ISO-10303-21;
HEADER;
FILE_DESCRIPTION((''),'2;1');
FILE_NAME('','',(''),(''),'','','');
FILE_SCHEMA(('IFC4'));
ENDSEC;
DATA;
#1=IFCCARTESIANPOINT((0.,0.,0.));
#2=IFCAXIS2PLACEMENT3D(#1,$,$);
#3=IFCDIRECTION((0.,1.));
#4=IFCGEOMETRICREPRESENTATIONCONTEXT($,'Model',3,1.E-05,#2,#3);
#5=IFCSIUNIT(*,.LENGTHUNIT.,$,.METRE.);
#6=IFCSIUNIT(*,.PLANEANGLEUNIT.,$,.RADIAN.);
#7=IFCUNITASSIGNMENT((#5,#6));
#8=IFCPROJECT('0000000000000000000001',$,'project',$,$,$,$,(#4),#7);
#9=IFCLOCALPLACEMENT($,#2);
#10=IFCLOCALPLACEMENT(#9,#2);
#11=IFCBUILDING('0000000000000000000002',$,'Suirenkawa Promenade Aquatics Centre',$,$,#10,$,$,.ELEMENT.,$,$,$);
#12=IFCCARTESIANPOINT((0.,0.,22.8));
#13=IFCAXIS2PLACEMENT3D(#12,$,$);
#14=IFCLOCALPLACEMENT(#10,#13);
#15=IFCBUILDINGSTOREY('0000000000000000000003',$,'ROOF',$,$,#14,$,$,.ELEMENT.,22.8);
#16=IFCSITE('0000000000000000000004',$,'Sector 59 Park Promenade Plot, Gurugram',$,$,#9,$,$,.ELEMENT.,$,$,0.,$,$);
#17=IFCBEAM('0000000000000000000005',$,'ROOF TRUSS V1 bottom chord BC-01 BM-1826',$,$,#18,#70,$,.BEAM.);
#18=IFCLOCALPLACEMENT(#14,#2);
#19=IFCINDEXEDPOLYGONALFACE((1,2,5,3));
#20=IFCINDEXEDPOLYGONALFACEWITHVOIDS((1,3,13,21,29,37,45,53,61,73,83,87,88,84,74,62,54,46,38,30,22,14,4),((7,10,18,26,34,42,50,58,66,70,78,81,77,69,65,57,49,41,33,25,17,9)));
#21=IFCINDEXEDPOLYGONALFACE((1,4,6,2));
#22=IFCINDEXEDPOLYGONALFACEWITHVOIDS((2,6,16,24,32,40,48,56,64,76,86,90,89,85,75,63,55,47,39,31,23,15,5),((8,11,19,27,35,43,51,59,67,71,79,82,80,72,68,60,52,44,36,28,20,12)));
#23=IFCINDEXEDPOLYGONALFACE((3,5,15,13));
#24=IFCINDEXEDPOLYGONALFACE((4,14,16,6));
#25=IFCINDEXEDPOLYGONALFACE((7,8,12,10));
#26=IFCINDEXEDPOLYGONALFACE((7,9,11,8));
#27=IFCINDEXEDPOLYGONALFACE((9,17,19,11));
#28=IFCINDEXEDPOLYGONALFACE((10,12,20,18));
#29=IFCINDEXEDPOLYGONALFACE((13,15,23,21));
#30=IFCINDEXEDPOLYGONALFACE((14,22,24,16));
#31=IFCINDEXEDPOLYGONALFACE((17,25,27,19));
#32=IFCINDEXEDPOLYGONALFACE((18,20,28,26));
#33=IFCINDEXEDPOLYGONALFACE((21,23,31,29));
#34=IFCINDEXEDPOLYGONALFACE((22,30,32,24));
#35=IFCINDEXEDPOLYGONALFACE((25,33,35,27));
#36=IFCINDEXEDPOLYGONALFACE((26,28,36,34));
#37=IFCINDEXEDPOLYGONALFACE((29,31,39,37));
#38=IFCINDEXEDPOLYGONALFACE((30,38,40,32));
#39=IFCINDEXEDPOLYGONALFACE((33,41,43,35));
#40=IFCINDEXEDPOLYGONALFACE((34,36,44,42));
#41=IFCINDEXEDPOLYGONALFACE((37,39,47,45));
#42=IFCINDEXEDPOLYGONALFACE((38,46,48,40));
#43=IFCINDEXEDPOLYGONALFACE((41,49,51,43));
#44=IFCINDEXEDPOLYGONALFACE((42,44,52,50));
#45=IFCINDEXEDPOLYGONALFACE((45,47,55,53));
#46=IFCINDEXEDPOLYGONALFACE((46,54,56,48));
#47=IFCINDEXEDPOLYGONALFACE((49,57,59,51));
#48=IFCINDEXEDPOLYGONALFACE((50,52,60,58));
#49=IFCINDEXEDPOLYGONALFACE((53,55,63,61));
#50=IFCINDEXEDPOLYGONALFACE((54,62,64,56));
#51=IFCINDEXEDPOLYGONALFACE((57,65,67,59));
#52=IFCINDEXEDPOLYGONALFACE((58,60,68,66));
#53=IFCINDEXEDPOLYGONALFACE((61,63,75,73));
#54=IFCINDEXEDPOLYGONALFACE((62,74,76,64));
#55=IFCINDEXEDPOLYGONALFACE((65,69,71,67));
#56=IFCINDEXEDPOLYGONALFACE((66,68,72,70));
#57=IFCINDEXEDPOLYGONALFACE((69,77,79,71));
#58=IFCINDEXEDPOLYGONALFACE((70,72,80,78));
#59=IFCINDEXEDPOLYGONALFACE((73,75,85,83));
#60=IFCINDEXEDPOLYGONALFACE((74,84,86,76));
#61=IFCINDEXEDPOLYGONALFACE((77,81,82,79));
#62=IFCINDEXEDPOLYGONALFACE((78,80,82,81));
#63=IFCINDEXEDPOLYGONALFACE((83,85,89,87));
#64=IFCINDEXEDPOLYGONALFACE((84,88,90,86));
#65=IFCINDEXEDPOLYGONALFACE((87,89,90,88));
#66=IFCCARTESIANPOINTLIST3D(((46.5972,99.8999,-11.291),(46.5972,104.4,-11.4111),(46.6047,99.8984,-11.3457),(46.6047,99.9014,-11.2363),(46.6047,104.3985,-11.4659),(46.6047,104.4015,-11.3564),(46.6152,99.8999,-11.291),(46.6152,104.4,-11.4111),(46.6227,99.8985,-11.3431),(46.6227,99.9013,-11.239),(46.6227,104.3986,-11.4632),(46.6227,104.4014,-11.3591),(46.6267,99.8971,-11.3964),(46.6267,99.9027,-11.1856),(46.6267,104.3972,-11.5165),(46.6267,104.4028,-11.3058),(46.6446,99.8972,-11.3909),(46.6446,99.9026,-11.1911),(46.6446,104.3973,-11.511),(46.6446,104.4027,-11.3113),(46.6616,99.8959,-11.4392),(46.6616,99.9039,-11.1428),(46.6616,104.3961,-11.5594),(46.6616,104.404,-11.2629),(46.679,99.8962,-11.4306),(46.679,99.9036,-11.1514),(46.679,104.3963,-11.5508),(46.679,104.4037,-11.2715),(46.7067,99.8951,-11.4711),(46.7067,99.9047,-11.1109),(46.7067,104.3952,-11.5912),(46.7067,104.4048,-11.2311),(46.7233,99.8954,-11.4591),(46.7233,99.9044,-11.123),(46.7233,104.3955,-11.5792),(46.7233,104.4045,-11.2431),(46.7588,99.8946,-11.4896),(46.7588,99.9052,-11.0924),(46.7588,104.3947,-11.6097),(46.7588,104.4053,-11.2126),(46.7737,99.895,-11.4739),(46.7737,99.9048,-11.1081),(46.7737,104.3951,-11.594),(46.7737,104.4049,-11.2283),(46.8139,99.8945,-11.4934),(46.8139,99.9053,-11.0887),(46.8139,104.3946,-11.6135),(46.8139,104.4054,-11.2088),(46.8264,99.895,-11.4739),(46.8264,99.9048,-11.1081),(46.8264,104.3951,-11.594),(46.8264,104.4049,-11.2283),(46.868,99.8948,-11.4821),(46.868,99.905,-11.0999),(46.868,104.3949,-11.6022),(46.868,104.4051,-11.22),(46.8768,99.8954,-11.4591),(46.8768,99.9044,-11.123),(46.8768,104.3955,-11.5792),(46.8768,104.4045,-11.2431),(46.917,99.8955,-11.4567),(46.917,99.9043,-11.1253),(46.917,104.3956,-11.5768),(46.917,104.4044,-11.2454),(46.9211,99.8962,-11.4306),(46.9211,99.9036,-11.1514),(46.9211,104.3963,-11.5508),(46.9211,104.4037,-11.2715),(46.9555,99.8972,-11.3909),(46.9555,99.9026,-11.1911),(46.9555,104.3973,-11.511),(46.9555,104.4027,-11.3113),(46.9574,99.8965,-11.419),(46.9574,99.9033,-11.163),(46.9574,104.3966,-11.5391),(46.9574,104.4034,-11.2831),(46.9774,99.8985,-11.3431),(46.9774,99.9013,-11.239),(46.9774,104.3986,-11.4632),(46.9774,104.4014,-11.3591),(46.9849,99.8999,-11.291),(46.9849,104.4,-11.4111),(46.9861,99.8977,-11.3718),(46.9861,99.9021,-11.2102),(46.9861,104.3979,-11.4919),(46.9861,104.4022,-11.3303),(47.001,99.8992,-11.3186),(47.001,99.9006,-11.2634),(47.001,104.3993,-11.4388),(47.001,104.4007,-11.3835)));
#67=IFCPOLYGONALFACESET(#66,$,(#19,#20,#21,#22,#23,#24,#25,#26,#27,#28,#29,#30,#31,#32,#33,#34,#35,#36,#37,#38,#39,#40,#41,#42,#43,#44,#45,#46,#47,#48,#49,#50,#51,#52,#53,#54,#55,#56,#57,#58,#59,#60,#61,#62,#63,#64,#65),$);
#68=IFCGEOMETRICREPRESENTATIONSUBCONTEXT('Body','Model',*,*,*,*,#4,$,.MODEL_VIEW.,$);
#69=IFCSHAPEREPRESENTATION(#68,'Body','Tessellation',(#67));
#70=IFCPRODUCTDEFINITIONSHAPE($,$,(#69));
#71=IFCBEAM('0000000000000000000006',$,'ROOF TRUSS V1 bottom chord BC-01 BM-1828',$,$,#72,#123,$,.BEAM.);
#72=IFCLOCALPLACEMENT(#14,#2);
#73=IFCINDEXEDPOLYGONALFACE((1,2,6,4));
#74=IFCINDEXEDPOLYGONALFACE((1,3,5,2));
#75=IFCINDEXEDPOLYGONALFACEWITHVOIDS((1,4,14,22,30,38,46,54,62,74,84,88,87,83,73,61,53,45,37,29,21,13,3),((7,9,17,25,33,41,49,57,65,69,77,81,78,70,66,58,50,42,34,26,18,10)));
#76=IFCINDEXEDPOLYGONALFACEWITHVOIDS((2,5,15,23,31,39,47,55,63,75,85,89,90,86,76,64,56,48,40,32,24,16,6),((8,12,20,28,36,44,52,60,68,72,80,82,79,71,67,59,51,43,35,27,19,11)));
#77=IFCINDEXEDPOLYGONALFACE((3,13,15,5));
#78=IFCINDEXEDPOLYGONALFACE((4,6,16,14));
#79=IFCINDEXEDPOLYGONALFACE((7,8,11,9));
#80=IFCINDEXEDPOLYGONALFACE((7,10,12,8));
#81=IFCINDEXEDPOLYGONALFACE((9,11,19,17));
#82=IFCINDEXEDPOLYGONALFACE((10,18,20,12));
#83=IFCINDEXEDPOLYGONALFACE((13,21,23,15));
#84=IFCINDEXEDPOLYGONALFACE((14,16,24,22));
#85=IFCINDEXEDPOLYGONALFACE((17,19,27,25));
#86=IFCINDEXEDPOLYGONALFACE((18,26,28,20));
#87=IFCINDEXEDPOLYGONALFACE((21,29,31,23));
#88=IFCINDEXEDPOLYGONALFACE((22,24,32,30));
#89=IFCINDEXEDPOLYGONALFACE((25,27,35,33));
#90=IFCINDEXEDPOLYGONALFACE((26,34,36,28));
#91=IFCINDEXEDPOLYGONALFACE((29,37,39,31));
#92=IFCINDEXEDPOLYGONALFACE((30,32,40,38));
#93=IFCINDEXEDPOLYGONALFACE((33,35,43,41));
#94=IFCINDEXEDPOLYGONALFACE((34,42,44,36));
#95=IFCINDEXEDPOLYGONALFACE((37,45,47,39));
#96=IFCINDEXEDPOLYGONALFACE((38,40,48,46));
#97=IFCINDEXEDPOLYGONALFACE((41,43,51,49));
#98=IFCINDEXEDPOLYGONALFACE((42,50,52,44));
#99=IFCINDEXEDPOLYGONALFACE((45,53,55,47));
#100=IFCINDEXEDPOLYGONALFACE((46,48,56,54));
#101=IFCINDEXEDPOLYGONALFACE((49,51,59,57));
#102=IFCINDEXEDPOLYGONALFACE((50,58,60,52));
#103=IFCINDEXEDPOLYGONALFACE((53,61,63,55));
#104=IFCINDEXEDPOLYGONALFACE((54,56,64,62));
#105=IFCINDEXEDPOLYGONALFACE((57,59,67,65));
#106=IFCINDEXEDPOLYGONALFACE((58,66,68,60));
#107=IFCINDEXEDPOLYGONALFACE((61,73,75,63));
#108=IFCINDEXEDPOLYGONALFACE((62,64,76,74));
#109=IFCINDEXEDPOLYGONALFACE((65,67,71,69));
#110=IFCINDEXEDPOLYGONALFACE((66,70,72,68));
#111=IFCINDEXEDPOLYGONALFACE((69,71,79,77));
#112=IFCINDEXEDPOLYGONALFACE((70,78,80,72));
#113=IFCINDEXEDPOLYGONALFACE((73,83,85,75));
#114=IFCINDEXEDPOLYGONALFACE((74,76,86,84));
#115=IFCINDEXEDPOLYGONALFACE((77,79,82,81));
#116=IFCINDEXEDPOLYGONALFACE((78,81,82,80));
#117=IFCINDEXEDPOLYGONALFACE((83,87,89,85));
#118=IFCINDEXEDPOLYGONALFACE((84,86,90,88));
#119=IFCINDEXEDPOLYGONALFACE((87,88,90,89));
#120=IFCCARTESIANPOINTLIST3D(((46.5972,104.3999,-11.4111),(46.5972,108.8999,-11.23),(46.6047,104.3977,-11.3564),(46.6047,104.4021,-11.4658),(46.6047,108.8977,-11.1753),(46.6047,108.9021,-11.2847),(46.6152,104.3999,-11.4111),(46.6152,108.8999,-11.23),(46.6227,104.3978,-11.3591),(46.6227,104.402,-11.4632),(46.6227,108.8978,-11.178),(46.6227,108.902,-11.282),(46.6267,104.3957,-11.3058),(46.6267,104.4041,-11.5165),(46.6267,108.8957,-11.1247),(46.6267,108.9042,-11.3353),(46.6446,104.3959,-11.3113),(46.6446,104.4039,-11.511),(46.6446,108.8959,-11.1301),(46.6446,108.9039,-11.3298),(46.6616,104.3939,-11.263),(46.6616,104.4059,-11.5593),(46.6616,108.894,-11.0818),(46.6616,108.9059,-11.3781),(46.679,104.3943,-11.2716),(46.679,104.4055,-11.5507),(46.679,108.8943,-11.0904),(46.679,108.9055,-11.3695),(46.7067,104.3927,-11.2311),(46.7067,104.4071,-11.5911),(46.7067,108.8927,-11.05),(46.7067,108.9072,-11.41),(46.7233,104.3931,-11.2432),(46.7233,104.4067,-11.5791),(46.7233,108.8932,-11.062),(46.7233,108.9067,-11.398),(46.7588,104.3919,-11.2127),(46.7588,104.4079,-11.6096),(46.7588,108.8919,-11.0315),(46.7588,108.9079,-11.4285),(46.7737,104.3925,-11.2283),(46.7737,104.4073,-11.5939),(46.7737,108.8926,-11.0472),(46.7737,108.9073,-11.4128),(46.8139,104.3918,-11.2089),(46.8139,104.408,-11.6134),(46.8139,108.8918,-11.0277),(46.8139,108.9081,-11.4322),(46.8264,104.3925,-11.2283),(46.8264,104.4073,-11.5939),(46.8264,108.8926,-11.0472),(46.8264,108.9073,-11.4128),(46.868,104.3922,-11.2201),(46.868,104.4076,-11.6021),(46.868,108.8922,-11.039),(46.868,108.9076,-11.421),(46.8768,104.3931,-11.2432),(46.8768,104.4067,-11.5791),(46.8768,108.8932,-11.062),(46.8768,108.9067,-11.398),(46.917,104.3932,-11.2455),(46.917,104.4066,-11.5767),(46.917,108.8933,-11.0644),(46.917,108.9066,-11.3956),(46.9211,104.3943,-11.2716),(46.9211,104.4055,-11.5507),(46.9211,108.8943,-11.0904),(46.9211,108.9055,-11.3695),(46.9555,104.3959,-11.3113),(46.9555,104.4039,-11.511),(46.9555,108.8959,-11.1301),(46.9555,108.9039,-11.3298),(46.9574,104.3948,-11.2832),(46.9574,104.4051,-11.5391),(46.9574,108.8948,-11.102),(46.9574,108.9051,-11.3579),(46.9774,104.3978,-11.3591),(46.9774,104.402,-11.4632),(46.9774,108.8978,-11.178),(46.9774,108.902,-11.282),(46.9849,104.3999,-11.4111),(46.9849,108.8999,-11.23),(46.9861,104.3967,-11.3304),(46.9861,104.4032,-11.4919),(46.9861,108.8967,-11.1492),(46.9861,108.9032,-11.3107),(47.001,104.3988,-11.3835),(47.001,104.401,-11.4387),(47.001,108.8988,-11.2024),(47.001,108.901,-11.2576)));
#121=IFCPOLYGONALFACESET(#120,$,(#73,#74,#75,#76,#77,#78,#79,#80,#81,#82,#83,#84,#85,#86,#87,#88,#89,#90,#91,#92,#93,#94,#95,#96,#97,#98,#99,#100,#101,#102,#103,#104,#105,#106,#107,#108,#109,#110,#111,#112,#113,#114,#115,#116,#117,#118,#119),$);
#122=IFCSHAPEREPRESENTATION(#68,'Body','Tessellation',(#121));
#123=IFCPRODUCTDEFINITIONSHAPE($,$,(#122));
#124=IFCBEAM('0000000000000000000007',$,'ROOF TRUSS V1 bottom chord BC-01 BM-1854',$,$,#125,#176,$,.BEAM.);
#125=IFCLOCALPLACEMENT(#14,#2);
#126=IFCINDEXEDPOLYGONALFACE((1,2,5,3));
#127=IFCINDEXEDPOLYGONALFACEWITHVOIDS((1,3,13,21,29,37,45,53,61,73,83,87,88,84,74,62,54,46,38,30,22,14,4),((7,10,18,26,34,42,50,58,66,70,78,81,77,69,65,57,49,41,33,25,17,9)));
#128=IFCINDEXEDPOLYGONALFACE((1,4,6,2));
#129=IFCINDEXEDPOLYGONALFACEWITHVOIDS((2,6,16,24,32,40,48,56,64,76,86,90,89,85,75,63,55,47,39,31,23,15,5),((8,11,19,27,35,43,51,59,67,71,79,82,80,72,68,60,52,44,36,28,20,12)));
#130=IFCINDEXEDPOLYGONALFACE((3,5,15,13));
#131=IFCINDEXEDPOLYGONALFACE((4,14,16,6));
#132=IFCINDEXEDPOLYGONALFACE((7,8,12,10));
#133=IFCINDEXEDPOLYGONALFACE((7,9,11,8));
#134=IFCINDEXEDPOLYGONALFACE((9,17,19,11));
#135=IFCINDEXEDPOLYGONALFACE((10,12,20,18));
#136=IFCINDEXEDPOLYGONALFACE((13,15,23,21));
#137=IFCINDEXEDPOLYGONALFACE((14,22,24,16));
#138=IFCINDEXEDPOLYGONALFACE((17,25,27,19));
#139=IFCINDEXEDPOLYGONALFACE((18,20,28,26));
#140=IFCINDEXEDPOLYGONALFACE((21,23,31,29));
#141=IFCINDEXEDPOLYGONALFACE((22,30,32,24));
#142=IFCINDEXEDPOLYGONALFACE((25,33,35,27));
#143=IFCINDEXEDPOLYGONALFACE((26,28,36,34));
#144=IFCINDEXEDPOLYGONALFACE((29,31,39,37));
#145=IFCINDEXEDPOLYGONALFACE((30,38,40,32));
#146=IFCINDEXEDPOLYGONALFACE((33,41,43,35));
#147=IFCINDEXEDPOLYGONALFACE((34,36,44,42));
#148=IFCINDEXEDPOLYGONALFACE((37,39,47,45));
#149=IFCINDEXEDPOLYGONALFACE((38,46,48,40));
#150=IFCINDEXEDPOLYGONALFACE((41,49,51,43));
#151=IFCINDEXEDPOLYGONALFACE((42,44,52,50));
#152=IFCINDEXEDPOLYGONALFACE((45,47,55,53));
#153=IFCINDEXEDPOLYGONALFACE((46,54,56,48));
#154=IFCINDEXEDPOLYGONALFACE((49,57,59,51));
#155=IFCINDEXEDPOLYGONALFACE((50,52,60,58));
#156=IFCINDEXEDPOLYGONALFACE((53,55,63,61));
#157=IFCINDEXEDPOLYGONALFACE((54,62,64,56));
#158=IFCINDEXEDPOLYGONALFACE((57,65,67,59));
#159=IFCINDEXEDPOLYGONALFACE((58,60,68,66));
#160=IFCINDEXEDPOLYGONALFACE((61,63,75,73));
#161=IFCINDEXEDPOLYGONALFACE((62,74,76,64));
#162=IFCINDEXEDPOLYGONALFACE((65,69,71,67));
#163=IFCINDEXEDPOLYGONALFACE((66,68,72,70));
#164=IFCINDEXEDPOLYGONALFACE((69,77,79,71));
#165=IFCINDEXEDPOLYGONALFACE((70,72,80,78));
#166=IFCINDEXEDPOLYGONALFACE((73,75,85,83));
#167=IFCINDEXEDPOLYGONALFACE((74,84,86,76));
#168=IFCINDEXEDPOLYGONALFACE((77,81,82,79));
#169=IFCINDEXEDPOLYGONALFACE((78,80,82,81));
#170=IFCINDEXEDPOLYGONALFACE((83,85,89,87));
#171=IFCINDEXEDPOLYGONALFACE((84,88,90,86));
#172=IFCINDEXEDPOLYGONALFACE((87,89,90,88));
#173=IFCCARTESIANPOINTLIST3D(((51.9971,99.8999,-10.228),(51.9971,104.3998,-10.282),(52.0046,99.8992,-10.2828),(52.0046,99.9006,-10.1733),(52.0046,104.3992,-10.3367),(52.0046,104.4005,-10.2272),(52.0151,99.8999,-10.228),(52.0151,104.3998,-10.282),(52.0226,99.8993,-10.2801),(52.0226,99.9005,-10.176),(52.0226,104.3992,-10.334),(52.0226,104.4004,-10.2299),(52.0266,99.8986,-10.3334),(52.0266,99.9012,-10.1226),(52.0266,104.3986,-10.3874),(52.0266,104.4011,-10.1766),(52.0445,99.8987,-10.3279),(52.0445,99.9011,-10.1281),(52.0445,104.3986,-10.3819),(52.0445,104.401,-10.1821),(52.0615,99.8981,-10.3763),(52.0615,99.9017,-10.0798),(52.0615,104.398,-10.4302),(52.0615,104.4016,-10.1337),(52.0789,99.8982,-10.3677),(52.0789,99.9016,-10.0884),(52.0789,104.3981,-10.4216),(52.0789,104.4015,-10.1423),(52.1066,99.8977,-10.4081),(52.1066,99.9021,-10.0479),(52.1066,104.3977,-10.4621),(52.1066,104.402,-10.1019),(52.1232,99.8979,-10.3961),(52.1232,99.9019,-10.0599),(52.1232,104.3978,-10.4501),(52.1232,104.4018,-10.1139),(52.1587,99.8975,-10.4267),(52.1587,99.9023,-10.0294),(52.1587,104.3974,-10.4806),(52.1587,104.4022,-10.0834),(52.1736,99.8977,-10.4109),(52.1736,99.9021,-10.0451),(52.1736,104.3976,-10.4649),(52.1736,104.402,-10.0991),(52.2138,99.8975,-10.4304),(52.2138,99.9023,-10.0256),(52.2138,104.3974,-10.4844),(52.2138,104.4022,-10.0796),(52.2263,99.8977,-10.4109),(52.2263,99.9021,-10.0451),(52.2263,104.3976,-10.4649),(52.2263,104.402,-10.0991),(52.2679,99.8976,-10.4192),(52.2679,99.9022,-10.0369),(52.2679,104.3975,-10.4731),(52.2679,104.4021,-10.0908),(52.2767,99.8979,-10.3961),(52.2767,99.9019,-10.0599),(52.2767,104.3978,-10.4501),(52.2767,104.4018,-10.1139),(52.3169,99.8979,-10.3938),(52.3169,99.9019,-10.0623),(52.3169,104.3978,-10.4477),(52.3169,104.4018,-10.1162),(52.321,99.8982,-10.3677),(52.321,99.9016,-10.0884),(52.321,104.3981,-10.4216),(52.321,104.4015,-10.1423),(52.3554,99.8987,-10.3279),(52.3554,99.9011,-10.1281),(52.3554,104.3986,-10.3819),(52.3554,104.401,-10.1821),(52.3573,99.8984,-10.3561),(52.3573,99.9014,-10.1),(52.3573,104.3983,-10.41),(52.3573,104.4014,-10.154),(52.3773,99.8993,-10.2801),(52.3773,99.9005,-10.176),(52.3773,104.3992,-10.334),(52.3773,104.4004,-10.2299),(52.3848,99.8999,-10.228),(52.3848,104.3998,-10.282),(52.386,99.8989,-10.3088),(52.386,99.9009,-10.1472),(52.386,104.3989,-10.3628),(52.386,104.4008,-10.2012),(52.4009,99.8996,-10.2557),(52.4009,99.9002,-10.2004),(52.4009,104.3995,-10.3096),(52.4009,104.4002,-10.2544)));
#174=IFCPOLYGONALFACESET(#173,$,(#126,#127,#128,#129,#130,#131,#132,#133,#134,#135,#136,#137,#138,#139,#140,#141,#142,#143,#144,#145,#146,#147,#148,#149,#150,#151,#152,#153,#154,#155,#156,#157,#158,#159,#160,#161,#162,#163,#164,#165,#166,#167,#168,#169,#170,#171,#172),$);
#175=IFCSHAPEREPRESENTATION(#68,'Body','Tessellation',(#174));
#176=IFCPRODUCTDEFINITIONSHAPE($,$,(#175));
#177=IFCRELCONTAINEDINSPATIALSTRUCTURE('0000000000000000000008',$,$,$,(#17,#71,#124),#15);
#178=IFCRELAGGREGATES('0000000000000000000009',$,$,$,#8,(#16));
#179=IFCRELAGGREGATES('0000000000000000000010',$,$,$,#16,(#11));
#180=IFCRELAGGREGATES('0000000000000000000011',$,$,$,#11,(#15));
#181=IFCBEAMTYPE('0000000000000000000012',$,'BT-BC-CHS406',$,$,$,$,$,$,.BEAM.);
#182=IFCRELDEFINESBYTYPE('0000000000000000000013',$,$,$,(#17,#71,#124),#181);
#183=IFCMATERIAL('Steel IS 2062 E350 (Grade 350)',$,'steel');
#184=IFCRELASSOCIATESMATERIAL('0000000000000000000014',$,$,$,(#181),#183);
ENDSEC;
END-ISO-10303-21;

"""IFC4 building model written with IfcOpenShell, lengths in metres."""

from ifc_helpers import new_model, si_unit, direction, frame, origin, origin_2d, place, context, subcontext, project, spatial, hollow_circle, extrude, material, material_profile, profile_set, type_object, element, save


model = new_model("IFC4")

# Units and contexts
model_context = context("Model", 3, precision=1e-05, world=origin(), true_north=direction((0.0, 1.0)))
body_context = subcontext(model_context, "Body", "Model", "MODEL_VIEW")
ifc_project = project(units=[si_unit("LENGTHUNIT", "METRE"), si_unit("PLANEANGLEUNIT", "RADIAN")], contexts=[model_context])

# Site, building, storey
site_placement = place(None, origin())
site = spatial("IfcSite", under=ifc_project, at=site_placement, Name="Sector 59 Park Promenade Plot, Gurugram", CompositionType="ELEMENT", RefElevation=0.0)
building_placement = place(site_placement, origin())
building = spatial("IfcBuilding", under=site, at=building_placement, Name="Suirenkawa Promenade Aquatics Centre", CompositionType="ELEMENT")
storey_placement = place(building_placement, frame((0.0, 0.0, 22.8)))
storey = spatial("IfcBuildingStorey", under=building, at=storey_placement, Name="ROOF", CompositionType="ELEMENT", Elevation=22.8)

# Beams
ifc_material = material(Name="Steel IS 2062 E350 (Grade 350)", Category="steel")
ifc_material_profile_1 = material_profile(ifc_material, hollow_circle(Radius=0.2029, WallThickness=0.0181, at=origin_2d()), Name="CHS 406x18", Category="steel")
ifc_profile_set_1 = profile_set([ifc_material_profile_1], Name="Steel IS 2062 E350 (Grade 350)")
beam_type_1 = type_object("IfcBeamType", Name="BT-BC-CHS406", PredefinedType="BEAM", material=ifc_profile_set_1)
beam_1_placement = place(storey_placement, frame((46.8, 99.8999, -11.291), z_axis=(0.0, 0.999644, -0.026683), x_axis=(-1.0, 0.0, 0.0)))
element("IfcBeam", 1, at=beam_1_placement, inside=storey, type_object=beam_type_1, Name="ROOF TRUSS V1 bottom chord BC-01 BM-1826", PredefinedType="BEAM", context=body_context, shape_type="SweptSolid", body=[
    extrude(hollow_circle(Radius=0.2029, WallThickness=0.0181, at=origin_2d()), origin(), (0.0, 0.0, 1.0), 4.5017),
])
beam_2_placement = place(storey_placement, frame((46.8, 104.3999, -11.4111), z_axis=(0.0, 0.999191, 0.040223), x_axis=(-1.0, 0.0, 0.0)))
element("IfcBeam", 2, at=beam_2_placement, inside=storey, type_object=beam_type_1, Name="ROOF TRUSS V1 bottom chord BC-01 BM-1828", PredefinedType="BEAM", context=body_context, shape_type="SweptSolid", body=[
    extrude(hollow_circle(Radius=0.2029, WallThickness=0.0181, at=origin_2d()), origin(), (0.0, 0.0, 1.0), 4.5037),
])
beam_3_placement = place(storey_placement, frame((52.2, 99.8999, -10.228), z_axis=(0.0, 0.999928, -0.011989), x_axis=(-1.0, 0.0, 0.0)))
element("IfcBeam", 3, at=beam_3_placement, inside=storey, type_object=beam_type_1, Name="ROOF TRUSS V1 bottom chord BC-01 BM-1854", PredefinedType="BEAM", context=body_context, shape_type="SweptSolid", body=[
    extrude(hollow_circle(Radius=0.2029, WallThickness=0.0181, at=origin_2d()), origin(), (0.0, 0.0, 1.0), 4.5002),
])

save(model, "model.ifc")
